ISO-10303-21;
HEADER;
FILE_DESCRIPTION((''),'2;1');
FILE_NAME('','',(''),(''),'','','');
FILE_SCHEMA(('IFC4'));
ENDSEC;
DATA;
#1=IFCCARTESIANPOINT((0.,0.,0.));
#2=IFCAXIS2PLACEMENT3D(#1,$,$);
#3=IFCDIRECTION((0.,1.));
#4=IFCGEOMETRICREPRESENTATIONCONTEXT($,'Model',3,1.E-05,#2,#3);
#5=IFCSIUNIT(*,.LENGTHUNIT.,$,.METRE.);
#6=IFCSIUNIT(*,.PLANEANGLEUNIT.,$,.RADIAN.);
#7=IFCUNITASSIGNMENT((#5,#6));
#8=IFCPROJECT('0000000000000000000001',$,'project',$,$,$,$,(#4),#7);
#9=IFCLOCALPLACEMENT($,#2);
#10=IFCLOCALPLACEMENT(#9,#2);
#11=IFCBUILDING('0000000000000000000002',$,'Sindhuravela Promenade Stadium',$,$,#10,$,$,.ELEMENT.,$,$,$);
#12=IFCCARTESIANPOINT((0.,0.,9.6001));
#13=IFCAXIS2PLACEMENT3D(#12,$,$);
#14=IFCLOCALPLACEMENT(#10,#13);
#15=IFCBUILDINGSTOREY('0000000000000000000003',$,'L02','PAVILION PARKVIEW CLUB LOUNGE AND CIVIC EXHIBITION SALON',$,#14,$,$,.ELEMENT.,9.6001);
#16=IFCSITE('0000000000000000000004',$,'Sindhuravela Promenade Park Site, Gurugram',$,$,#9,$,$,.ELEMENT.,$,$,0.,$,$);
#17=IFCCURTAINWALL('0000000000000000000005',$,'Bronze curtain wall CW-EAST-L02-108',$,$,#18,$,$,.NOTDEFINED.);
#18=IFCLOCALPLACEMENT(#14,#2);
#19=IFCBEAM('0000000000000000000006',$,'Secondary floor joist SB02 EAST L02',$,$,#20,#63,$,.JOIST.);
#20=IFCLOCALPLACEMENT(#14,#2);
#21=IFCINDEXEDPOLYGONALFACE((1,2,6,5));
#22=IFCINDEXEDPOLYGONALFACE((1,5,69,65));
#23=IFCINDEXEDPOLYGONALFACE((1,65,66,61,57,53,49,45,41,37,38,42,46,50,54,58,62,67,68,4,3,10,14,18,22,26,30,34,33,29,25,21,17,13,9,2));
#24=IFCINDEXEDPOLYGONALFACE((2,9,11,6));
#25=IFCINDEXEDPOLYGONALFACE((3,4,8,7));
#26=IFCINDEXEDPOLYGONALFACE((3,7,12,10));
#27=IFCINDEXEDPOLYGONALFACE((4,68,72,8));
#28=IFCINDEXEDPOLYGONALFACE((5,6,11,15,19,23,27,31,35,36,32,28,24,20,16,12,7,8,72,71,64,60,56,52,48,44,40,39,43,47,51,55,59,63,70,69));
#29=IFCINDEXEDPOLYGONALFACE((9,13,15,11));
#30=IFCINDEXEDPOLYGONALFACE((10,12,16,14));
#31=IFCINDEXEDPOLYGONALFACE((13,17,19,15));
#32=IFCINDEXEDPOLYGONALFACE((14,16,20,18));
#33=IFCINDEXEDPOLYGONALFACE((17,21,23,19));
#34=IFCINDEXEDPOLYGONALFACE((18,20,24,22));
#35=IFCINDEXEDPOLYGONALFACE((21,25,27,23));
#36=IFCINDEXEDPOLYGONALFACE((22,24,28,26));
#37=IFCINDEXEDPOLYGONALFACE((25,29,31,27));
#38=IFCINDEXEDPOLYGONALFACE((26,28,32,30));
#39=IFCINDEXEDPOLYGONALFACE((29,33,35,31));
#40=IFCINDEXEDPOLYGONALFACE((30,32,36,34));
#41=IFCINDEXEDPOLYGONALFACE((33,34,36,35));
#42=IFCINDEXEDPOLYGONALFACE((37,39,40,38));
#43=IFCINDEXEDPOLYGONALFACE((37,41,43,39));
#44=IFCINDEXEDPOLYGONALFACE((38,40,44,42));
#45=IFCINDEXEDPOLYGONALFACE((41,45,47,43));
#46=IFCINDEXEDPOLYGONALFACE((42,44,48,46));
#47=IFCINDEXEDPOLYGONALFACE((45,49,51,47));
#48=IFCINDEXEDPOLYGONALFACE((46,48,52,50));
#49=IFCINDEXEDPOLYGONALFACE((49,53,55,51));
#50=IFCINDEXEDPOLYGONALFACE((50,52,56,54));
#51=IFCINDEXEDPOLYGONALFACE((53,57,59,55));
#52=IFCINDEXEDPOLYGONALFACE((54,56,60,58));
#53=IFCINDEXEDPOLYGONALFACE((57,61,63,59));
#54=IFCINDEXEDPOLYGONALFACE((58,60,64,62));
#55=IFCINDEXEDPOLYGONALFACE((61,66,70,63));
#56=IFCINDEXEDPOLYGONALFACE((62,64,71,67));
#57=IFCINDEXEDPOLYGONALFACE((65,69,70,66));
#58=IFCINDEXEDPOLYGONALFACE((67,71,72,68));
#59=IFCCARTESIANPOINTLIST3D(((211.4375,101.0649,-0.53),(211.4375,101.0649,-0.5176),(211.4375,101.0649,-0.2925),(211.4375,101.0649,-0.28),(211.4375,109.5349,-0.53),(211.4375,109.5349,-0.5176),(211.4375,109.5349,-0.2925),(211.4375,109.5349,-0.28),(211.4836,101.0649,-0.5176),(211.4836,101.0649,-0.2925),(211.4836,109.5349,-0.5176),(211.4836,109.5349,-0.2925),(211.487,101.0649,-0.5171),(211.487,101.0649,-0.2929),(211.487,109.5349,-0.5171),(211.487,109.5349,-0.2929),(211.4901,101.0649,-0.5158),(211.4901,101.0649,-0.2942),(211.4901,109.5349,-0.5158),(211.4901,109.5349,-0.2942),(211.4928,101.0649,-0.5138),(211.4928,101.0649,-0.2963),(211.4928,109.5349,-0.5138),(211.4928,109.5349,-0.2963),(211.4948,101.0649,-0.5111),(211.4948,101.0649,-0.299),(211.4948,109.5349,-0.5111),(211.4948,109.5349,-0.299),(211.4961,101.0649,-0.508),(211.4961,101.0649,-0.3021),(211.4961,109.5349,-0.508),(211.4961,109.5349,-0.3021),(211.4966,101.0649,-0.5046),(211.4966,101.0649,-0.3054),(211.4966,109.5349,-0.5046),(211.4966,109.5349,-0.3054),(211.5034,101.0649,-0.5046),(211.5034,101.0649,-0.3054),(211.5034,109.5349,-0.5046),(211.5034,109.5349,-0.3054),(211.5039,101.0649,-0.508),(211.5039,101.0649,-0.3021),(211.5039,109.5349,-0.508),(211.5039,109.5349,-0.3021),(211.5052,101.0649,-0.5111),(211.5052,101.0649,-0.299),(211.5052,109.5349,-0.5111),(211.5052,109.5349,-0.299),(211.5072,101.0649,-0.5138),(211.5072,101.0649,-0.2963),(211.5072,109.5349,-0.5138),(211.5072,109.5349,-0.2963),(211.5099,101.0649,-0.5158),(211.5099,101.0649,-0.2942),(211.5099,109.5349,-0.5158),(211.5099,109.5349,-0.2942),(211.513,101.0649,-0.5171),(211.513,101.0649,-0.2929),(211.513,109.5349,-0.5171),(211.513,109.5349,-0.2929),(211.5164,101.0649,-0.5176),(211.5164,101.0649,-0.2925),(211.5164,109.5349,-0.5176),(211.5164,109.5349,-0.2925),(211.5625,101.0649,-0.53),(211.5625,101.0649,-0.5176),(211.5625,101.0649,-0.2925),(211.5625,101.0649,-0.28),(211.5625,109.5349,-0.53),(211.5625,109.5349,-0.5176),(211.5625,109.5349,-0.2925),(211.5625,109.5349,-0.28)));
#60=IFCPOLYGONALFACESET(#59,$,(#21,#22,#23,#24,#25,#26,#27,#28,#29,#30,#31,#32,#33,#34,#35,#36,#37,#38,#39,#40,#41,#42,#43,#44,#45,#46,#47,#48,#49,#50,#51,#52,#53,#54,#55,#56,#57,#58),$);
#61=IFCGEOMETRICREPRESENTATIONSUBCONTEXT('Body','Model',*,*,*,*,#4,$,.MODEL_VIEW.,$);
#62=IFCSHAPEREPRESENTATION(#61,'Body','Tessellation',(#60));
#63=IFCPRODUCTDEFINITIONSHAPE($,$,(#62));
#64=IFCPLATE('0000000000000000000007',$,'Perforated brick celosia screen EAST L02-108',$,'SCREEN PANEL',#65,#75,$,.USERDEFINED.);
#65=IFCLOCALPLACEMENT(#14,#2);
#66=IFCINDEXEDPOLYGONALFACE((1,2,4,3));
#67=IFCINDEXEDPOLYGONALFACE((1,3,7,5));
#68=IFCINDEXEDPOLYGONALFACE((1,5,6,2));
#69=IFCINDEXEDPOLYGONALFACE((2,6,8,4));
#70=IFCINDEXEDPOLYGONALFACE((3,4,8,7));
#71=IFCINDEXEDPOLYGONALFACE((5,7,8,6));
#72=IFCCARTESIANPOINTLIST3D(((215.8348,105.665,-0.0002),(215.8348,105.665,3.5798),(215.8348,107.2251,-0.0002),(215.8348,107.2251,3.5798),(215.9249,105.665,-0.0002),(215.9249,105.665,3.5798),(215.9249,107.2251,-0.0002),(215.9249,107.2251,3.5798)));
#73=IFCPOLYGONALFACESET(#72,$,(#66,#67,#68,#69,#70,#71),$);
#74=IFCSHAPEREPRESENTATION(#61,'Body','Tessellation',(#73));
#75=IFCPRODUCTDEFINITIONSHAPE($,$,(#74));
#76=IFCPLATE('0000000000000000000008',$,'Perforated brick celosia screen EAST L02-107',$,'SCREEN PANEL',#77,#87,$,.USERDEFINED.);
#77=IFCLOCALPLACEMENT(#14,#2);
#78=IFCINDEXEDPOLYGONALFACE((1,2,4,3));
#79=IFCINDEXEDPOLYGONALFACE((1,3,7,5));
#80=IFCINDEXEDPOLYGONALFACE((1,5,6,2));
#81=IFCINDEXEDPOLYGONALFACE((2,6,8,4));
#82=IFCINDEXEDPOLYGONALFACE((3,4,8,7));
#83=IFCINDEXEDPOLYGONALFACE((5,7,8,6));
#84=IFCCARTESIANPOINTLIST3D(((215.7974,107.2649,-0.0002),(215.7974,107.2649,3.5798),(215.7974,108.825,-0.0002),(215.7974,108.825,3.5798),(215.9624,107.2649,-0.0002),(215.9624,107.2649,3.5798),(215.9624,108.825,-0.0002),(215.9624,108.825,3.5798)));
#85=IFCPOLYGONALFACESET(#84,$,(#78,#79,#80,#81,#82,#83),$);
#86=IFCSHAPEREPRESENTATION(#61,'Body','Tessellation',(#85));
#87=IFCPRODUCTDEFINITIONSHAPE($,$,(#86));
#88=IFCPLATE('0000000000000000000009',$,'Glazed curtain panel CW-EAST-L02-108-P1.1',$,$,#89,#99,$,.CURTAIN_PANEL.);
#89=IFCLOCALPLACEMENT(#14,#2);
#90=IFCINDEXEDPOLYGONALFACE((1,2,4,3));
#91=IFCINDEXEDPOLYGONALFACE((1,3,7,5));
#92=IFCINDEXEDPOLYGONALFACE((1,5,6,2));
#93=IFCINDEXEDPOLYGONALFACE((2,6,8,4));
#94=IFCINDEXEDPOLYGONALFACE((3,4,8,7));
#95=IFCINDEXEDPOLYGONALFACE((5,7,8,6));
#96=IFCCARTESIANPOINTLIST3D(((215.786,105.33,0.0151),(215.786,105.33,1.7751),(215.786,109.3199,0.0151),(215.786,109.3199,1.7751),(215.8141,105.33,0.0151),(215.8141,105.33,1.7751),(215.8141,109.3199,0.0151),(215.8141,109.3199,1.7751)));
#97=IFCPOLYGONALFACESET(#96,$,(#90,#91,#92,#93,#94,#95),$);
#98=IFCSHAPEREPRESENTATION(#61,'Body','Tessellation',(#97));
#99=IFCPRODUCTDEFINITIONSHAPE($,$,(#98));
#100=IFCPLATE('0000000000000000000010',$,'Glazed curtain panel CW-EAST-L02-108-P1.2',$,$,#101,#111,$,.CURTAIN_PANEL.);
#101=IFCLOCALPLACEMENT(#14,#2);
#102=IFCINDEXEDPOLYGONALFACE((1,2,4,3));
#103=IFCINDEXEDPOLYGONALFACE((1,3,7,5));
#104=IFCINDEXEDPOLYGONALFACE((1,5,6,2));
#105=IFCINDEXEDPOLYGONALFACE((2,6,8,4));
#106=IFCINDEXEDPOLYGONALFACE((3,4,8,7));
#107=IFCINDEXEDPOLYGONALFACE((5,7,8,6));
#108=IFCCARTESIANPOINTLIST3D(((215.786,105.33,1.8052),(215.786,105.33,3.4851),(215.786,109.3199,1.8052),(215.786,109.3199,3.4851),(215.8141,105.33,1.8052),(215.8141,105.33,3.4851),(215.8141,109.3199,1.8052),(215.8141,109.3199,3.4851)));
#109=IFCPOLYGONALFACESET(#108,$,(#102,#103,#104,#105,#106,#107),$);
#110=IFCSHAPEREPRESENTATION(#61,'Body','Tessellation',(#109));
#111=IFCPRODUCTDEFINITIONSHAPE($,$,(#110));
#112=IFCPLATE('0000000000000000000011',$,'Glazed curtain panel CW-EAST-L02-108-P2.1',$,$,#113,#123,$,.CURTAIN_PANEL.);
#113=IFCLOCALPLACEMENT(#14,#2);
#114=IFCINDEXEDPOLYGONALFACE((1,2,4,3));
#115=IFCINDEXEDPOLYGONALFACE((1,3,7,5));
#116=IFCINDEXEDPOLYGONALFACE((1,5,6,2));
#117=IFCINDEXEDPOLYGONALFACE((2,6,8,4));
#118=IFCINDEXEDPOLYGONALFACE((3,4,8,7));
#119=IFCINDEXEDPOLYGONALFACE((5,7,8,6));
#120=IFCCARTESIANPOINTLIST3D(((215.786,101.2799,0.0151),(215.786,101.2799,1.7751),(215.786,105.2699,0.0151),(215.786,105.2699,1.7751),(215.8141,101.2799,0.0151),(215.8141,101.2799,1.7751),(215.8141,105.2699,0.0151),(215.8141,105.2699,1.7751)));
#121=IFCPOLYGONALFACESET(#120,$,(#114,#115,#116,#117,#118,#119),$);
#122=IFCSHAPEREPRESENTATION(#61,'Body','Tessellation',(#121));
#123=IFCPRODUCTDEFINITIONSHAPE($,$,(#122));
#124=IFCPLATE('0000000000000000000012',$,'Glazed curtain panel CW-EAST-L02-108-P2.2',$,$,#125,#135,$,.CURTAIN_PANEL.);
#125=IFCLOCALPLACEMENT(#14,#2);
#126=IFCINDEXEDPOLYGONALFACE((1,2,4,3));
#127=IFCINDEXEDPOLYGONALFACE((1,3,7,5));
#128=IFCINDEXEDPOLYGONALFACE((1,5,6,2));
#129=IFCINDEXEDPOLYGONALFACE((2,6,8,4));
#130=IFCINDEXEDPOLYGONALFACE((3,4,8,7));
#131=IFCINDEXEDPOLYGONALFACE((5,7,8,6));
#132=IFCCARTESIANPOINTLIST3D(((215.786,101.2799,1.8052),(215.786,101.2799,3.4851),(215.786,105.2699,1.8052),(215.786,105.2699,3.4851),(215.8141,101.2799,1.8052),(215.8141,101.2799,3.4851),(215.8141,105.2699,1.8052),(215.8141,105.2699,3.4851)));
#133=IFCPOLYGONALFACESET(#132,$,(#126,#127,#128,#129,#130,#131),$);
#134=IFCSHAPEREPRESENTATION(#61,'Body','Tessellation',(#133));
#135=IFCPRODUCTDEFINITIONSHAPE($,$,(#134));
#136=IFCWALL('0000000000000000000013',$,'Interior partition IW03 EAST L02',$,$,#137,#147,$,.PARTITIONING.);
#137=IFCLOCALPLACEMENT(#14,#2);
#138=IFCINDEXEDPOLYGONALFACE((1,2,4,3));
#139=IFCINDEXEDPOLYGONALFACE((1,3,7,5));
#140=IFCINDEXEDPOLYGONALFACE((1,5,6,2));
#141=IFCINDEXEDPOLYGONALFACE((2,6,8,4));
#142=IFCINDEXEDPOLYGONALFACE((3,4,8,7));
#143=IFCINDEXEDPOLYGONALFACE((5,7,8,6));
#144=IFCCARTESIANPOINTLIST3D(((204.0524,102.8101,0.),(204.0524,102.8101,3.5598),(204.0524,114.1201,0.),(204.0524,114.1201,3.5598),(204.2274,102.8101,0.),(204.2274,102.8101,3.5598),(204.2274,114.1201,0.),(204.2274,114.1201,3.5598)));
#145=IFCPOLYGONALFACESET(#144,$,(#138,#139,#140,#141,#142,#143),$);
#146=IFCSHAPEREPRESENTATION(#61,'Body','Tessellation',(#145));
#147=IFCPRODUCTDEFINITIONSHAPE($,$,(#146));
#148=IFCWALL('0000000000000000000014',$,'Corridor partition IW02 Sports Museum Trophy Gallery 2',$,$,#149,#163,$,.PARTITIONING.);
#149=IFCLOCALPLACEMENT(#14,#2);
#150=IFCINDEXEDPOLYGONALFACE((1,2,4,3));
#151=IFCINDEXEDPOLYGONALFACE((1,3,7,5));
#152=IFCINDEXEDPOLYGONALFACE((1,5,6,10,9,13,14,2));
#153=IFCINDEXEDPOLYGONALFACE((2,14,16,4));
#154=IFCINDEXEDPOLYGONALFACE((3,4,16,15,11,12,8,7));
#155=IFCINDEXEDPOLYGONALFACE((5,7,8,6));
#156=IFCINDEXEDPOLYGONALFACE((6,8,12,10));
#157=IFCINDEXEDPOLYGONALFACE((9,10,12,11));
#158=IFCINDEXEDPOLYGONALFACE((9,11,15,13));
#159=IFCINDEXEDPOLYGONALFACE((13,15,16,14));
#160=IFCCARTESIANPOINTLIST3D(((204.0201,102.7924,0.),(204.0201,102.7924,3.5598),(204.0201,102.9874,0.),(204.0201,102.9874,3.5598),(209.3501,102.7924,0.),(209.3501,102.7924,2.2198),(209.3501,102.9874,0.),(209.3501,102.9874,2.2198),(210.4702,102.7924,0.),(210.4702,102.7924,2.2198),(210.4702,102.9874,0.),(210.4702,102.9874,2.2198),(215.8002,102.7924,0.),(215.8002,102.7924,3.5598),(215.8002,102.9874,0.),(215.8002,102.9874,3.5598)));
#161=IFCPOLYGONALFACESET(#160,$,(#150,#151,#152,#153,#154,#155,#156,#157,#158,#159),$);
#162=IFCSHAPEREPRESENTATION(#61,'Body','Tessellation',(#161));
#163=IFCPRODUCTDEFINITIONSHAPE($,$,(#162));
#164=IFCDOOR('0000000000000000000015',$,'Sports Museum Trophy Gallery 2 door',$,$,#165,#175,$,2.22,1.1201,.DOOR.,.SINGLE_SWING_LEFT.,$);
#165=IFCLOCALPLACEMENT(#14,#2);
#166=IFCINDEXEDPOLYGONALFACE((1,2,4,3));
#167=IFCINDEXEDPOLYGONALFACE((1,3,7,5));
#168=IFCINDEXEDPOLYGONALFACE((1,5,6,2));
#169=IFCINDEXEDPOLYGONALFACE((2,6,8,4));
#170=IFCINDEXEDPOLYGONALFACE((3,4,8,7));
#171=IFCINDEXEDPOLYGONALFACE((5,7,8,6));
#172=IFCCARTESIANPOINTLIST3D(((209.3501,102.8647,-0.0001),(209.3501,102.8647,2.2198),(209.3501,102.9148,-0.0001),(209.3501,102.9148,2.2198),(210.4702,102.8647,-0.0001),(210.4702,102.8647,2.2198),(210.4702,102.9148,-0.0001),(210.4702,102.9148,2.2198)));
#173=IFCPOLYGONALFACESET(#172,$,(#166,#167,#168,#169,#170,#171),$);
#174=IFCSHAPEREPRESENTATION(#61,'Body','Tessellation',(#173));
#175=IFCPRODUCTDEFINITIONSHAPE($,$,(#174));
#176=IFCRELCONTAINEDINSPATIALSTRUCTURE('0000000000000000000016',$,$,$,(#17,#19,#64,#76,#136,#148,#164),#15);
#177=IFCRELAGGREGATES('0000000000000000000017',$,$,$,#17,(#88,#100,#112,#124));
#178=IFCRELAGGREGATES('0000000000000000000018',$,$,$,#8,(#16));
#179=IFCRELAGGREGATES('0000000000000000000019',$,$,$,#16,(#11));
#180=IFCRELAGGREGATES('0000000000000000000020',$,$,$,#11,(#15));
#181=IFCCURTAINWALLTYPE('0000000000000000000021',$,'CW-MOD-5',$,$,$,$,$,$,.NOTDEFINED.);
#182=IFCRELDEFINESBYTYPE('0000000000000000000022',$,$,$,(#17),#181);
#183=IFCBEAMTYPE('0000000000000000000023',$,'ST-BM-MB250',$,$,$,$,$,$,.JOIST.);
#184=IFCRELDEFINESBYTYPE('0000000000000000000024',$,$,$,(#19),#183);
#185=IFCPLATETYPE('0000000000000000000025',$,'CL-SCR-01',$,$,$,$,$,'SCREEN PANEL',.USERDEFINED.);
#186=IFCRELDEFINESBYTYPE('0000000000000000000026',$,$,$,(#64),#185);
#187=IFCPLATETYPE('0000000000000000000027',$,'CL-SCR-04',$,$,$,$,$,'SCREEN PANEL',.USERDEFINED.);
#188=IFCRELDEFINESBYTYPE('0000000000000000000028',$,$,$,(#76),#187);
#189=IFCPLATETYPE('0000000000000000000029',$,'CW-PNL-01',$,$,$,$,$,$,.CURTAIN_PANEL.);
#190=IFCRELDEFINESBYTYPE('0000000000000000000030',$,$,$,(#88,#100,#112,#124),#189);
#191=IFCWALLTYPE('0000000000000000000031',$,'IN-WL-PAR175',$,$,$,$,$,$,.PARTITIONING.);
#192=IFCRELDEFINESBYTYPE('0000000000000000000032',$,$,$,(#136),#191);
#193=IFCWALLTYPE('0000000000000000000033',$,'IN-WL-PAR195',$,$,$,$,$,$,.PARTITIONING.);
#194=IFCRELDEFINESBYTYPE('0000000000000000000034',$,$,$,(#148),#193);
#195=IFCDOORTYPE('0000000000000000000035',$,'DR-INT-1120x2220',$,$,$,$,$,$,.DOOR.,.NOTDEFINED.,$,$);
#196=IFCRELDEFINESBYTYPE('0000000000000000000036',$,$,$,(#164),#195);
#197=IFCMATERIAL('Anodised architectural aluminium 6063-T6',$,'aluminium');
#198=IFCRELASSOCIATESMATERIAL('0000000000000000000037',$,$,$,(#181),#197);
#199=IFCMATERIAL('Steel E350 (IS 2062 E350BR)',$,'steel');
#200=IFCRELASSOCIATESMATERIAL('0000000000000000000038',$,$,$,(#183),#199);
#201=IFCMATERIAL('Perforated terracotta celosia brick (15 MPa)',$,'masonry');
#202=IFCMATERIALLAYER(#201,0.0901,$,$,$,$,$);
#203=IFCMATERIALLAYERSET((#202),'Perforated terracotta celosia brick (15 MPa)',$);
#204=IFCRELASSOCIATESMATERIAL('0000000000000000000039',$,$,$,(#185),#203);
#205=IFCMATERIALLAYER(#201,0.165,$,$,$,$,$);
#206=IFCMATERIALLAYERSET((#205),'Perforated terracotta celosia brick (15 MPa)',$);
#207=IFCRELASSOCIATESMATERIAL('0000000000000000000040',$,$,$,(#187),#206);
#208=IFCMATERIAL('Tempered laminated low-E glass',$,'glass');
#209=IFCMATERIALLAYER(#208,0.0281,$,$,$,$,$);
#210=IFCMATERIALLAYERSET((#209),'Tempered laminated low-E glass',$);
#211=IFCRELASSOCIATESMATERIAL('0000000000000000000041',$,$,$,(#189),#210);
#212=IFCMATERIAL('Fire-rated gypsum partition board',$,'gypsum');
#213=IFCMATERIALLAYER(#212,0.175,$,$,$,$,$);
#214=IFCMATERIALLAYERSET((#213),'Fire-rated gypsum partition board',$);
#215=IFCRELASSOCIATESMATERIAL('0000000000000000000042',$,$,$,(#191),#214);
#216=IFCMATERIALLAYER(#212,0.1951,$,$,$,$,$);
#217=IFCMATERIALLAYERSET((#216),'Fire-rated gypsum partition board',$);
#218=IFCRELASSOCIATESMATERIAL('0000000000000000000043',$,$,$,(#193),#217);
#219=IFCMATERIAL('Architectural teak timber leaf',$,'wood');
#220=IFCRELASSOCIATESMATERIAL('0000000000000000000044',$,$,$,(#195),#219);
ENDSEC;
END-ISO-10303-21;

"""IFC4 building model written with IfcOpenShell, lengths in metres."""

from ifc_helpers import new_model, si_unit, direction, frame, frame_2d, origin, origin_2d, place, context, subcontext, project, spatial, rectangle, i_section, extrude, material, layer, layer_set, material_profile, profile_set, type_object, element, fill, aggregate, save


model = new_model("IFC4")

# Units and contexts
model_context = context("Model", 3, precision=1e-05, world=origin(), true_north=direction((0.0, 1.0)))
body_context = subcontext(model_context, "Body", "Model", "MODEL_VIEW")
ifc_project = project(units=[si_unit("LENGTHUNIT", "METRE"), si_unit("PLANEANGLEUNIT", "RADIAN")], contexts=[model_context])

# Site, building, storey
site_placement = place(None, origin())
site = spatial("IfcSite", under=ifc_project, at=site_placement, Name="Sindhuravela Promenade Park Site, Gurugram", CompositionType="ELEMENT", RefElevation=0.0)
building_placement = place(site_placement, origin())
building = spatial("IfcBuilding", under=site, at=building_placement, Name="Sindhuravela Promenade Stadium", CompositionType="ELEMENT")
storey_placement = place(building_placement, frame((0.0, 0.0, 9.6001)))
storey = spatial("IfcBuildingStorey", under=building, at=storey_placement, Name="L02", Description="PAVILION PARKVIEW CLUB LOUNGE AND CIVIC EXHIBITION SALON", CompositionType="ELEMENT", Elevation=9.6001)

# Curtain wall
ifc_material_1 = material(Name="Anodised architectural aluminium 6063-T6", Category="aluminium")
curtain_wall_type = type_object("IfcCurtainWallType", Name="CW-MOD-5", PredefinedType="NOTDEFINED", material=ifc_material_1)
curtain_wall_placement = place(storey_placement, origin())
curtain_wall = element("IfcCurtainWall", 1, at=curtain_wall_placement, inside=storey, type_object=curtain_wall_type, Name="Bronze curtain wall CW-EAST-L02-108", PredefinedType="NOTDEFINED")

# Beam
ifc_material_2 = material(Name="Steel E350 (IS 2062 E350BR)", Category="steel")
ifc_material_profile_1 = material_profile(ifc_material_2, i_section(OverallWidth=0.125, OverallDepth=0.25, WebThickness=0.0068, FlangeThickness=0.0125, FilletRadius=0.0129, at=origin_2d()), Name="ISMB 250")
ifc_profile_set_1 = profile_set([ifc_material_profile_1], Name="Steel E350 (IS 2062 E350BR)")
beam_type_1 = type_object("IfcBeamType", Name="ST-BM-MB250", PredefinedType="JOIST", material=ifc_profile_set_1)
beam_1_placement = place(storey_placement, frame((211.5, 101.0649, -0.405), z_axis=(0.0, 1.0, 0.0), x_axis=(-1.0, 0.0, 0.0)))
element("IfcBeam", 2, at=beam_1_placement, inside=storey, type_object=beam_type_1, Name="Secondary floor joist SB02 EAST L02", PredefinedType="JOIST", context=body_context, shape_type="SweptSolid", body=[
    extrude(i_section(OverallWidth=0.125, OverallDepth=0.25, WebThickness=0.0068, FlangeThickness=0.0125, FilletRadius=0.0129, at=origin_2d()), origin(), (0.0, 0.0, 1.0), 8.47),
])

# Plates
ifc_material_3 = material(Name="Perforated terracotta celosia brick (15 MPa)", Category="masonry")
ifc_layer_1 = layer(ifc_material_3, 0.0901)
ifc_layer_set_1 = layer_set([ifc_layer_1], Name="Perforated terracotta celosia brick (15 MPa)")
plate_type_1 = type_object("IfcPlateType", Name="CL-SCR-01", ElementType="SCREEN PANEL", PredefinedType="USERDEFINED", material=ifc_layer_set_1)
plate_1_placement = place(storey_placement, frame((215.8799, 106.4451, -0.0002), z_axis=(0.0, 0.0, 1.0), x_axis=(0.0, -1.0, 0.0)))
element("IfcPlate", 3, at=plate_1_placement, inside=storey, type_object=plate_type_1, Name="Perforated brick celosia screen EAST L02-108", ObjectType="SCREEN PANEL", PredefinedType="USERDEFINED", context=body_context, shape_type="SweptSolid", body=[
    extrude(rectangle(XDim=1.5601, YDim=0.0901, at=origin_2d()), origin(), (0.0, 0.0, 1.0), 3.5801),
])
ifc_layer_2 = layer(ifc_material_3, 0.165)
ifc_layer_set_2 = layer_set([ifc_layer_2], Name="Perforated terracotta celosia brick (15 MPa)")
plate_type_2 = type_object("IfcPlateType", Name="CL-SCR-04", ElementType="SCREEN PANEL", PredefinedType="USERDEFINED", material=ifc_layer_set_2)
plate_2_placement = place(storey_placement, frame((215.8799, 108.0449, -0.0002), z_axis=(0.0, 0.0, 1.0), x_axis=(0.0, -1.0, 0.0)))
element("IfcPlate", 4, at=plate_2_placement, inside=storey, type_object=plate_type_2, Name="Perforated brick celosia screen EAST L02-107", ObjectType="SCREEN PANEL", PredefinedType="USERDEFINED", context=body_context, shape_type="SweptSolid", body=[
    extrude(rectangle(XDim=1.5601, YDim=0.165, at=origin_2d()), origin(), (0.0, 0.0, 1.0), 3.5801),
])

# Plates
ifc_material_4 = material(Name="Tempered laminated low-E glass", Category="glass")
ifc_layer_3 = layer(ifc_material_4, 0.0281)
ifc_layer_set_3 = layer_set([ifc_layer_3], Name="Tempered laminated low-E glass")
plate_type_3 = type_object("IfcPlateType", Name="CW-PNL-01", PredefinedType="CURTAIN_PANEL", material=ifc_layer_set_3)
plate_3_placement = place(storey_placement, frame((215.8, 107.325, 0.0151), z_axis=(0.0, 0.0, 1.0), x_axis=(0.0, -1.0, 0.0)))
plate_3 = element("IfcPlate", 5, at=plate_3_placement, type_object=plate_type_3, Name="Glazed curtain panel CW-EAST-L02-108-P1.1", PredefinedType="CURTAIN_PANEL", context=body_context, shape_type="SweptSolid", body=[
    extrude(rectangle(XDim=3.99, YDim=0.0281, at=origin_2d()), origin(), (0.0, 0.0, 1.0), 1.76),
])
plate_4_placement = place(storey_placement, frame((215.8, 107.325, 1.8052), z_axis=(0.0, 0.0, 1.0), x_axis=(0.0, -1.0, 0.0)))
plate_4 = element("IfcPlate", 6, at=plate_4_placement, type_object=plate_type_3, Name="Glazed curtain panel CW-EAST-L02-108-P1.2", PredefinedType="CURTAIN_PANEL", context=body_context, shape_type="SweptSolid", body=[
    extrude(rectangle(XDim=3.99, YDim=0.0281, at=origin_2d()), origin(), (0.0, 0.0, 1.0), 1.6799),
])
plate_5_placement = place(storey_placement, frame((215.8, 103.2749, 0.0151), z_axis=(0.0, 0.0, 1.0), x_axis=(0.0, -1.0, 0.0)))
plate_5 = element("IfcPlate", 7, at=plate_5_placement, type_object=plate_type_3, Name="Glazed curtain panel CW-EAST-L02-108-P2.1", PredefinedType="CURTAIN_PANEL", context=body_context, shape_type="SweptSolid", body=[
    extrude(rectangle(XDim=3.99, YDim=0.0281, at=origin_2d()), origin(), (0.0, 0.0, 1.0), 1.76),
])
plate_6_placement = place(storey_placement, frame((215.8, 103.2749, 1.8052), z_axis=(0.0, 0.0, 1.0), x_axis=(0.0, -1.0, 0.0)))
plate_6 = element("IfcPlate", 8, at=plate_6_placement, type_object=plate_type_3, Name="Glazed curtain panel CW-EAST-L02-108-P2.2", PredefinedType="CURTAIN_PANEL", context=body_context, shape_type="SweptSolid", body=[
    extrude(rectangle(XDim=3.99, YDim=0.0281, at=origin_2d()), origin(), (0.0, 0.0, 1.0), 1.6799),
])
aggregate(curtain_wall, [plate_3, plate_4, plate_5, plate_6])

# Wall
ifc_material_5 = material(Name="Fire-rated gypsum partition board", Category="gypsum")
ifc_layer_4 = layer(ifc_material_5, 0.175)
ifc_layer_set_4 = layer_set([ifc_layer_4], Name="Fire-rated gypsum partition board")
wall_type_1 = type_object("IfcWallType", Name="IN-WL-PAR175", PredefinedType="PARTITIONING", material=ifc_layer_set_4)
wall_1_placement = place(storey_placement, frame((204.1399, 102.8101, 0.0), z_axis=(0.0, 0.0, 1.0), x_axis=(0.0, 1.0, 0.0)))
element("IfcWall", 9, at=wall_1_placement, inside=storey, type_object=wall_type_1, Name="Interior partition IW03 EAST L02", PredefinedType="PARTITIONING", context=body_context, shape_type="SweptSolid", body=[
    extrude(rectangle(XDim=11.3101, YDim=0.175, at=frame_2d((5.655, 0.0))), origin(), (0.0, 0.0, 1.0), 3.5598),
])

# Wall, opening, door
ifc_layer_5 = layer(ifc_material_5, 0.1951)
ifc_layer_set_5 = layer_set([ifc_layer_5], Name="Fire-rated gypsum partition board")
wall_type_2 = type_object("IfcWallType", Name="IN-WL-PAR195", PredefinedType="PARTITIONING", material=ifc_layer_set_5)
wall_2_placement = place(storey_placement, frame((204.02, 102.8899, 0.0), z_axis=(0.0, 0.0, 1.0), x_axis=(1.0, 0.0, 0.0)))
wall_2 = element("IfcWall", 10, at=wall_2_placement, inside=storey, type_object=wall_type_2, Name="Corridor partition IW02 Sports Museum Trophy Gallery 2", PredefinedType="PARTITIONING", context=body_context, shape_type="SweptSolid", body=[
    extrude(rectangle(XDim=11.78, YDim=0.1951, at=frame_2d((5.8901, 0.0))), origin(), (0.0, 0.0, 1.0), 3.5598),
])
opening_placement = place(wall_2_placement, frame((5.3301, 0.0, 0.0)))
opening = element("IfcOpeningElement", 11, at=opening_placement, cuts=wall_2, PredefinedType="OPENING", context=body_context, shape_type="SweptSolid", body=[
    extrude(rectangle(XDim=1.1201, YDim=2.22, at=frame_2d((0.5601, 1.1099))), frame((0.0, 0.1074, 0.0), z_axis=(0.0, -1.0, 0.0), x_axis=(1.0, 0.0, 0.0)), (0.0, 0.0, 1.0), 0.2151),
])
ifc_material_6 = material(Name="Architectural teak timber leaf", Category="wood")
door_type = type_object("IfcDoorType", Name="DR-INT-1120x2220", OperationType="NOTDEFINED", PredefinedType="DOOR", material=ifc_material_6)
door_placement = place(opening_placement, origin())
door = element("IfcDoor", 12, at=door_placement, inside=storey, type_object=door_type, Name="Sports Museum Trophy Gallery 2 door", OperationType="SINGLE_SWING_LEFT", OverallHeight=2.22, OverallWidth=1.1201, PredefinedType="DOOR", context=body_context, shape_type="SweptSolid", body=[
    extrude(rectangle(XDim=1.1201, YDim=2.22, at=frame_2d((0.5601, 1.1099))), frame((0.0, 0.0249, 0.0), z_axis=(0.0, -1.0, 0.0), x_axis=(1.0, 0.0, 0.0)), (0.0, 0.0, 1.0), 0.05),
])
fill(opening, door)

save(model, "model.ifc")
